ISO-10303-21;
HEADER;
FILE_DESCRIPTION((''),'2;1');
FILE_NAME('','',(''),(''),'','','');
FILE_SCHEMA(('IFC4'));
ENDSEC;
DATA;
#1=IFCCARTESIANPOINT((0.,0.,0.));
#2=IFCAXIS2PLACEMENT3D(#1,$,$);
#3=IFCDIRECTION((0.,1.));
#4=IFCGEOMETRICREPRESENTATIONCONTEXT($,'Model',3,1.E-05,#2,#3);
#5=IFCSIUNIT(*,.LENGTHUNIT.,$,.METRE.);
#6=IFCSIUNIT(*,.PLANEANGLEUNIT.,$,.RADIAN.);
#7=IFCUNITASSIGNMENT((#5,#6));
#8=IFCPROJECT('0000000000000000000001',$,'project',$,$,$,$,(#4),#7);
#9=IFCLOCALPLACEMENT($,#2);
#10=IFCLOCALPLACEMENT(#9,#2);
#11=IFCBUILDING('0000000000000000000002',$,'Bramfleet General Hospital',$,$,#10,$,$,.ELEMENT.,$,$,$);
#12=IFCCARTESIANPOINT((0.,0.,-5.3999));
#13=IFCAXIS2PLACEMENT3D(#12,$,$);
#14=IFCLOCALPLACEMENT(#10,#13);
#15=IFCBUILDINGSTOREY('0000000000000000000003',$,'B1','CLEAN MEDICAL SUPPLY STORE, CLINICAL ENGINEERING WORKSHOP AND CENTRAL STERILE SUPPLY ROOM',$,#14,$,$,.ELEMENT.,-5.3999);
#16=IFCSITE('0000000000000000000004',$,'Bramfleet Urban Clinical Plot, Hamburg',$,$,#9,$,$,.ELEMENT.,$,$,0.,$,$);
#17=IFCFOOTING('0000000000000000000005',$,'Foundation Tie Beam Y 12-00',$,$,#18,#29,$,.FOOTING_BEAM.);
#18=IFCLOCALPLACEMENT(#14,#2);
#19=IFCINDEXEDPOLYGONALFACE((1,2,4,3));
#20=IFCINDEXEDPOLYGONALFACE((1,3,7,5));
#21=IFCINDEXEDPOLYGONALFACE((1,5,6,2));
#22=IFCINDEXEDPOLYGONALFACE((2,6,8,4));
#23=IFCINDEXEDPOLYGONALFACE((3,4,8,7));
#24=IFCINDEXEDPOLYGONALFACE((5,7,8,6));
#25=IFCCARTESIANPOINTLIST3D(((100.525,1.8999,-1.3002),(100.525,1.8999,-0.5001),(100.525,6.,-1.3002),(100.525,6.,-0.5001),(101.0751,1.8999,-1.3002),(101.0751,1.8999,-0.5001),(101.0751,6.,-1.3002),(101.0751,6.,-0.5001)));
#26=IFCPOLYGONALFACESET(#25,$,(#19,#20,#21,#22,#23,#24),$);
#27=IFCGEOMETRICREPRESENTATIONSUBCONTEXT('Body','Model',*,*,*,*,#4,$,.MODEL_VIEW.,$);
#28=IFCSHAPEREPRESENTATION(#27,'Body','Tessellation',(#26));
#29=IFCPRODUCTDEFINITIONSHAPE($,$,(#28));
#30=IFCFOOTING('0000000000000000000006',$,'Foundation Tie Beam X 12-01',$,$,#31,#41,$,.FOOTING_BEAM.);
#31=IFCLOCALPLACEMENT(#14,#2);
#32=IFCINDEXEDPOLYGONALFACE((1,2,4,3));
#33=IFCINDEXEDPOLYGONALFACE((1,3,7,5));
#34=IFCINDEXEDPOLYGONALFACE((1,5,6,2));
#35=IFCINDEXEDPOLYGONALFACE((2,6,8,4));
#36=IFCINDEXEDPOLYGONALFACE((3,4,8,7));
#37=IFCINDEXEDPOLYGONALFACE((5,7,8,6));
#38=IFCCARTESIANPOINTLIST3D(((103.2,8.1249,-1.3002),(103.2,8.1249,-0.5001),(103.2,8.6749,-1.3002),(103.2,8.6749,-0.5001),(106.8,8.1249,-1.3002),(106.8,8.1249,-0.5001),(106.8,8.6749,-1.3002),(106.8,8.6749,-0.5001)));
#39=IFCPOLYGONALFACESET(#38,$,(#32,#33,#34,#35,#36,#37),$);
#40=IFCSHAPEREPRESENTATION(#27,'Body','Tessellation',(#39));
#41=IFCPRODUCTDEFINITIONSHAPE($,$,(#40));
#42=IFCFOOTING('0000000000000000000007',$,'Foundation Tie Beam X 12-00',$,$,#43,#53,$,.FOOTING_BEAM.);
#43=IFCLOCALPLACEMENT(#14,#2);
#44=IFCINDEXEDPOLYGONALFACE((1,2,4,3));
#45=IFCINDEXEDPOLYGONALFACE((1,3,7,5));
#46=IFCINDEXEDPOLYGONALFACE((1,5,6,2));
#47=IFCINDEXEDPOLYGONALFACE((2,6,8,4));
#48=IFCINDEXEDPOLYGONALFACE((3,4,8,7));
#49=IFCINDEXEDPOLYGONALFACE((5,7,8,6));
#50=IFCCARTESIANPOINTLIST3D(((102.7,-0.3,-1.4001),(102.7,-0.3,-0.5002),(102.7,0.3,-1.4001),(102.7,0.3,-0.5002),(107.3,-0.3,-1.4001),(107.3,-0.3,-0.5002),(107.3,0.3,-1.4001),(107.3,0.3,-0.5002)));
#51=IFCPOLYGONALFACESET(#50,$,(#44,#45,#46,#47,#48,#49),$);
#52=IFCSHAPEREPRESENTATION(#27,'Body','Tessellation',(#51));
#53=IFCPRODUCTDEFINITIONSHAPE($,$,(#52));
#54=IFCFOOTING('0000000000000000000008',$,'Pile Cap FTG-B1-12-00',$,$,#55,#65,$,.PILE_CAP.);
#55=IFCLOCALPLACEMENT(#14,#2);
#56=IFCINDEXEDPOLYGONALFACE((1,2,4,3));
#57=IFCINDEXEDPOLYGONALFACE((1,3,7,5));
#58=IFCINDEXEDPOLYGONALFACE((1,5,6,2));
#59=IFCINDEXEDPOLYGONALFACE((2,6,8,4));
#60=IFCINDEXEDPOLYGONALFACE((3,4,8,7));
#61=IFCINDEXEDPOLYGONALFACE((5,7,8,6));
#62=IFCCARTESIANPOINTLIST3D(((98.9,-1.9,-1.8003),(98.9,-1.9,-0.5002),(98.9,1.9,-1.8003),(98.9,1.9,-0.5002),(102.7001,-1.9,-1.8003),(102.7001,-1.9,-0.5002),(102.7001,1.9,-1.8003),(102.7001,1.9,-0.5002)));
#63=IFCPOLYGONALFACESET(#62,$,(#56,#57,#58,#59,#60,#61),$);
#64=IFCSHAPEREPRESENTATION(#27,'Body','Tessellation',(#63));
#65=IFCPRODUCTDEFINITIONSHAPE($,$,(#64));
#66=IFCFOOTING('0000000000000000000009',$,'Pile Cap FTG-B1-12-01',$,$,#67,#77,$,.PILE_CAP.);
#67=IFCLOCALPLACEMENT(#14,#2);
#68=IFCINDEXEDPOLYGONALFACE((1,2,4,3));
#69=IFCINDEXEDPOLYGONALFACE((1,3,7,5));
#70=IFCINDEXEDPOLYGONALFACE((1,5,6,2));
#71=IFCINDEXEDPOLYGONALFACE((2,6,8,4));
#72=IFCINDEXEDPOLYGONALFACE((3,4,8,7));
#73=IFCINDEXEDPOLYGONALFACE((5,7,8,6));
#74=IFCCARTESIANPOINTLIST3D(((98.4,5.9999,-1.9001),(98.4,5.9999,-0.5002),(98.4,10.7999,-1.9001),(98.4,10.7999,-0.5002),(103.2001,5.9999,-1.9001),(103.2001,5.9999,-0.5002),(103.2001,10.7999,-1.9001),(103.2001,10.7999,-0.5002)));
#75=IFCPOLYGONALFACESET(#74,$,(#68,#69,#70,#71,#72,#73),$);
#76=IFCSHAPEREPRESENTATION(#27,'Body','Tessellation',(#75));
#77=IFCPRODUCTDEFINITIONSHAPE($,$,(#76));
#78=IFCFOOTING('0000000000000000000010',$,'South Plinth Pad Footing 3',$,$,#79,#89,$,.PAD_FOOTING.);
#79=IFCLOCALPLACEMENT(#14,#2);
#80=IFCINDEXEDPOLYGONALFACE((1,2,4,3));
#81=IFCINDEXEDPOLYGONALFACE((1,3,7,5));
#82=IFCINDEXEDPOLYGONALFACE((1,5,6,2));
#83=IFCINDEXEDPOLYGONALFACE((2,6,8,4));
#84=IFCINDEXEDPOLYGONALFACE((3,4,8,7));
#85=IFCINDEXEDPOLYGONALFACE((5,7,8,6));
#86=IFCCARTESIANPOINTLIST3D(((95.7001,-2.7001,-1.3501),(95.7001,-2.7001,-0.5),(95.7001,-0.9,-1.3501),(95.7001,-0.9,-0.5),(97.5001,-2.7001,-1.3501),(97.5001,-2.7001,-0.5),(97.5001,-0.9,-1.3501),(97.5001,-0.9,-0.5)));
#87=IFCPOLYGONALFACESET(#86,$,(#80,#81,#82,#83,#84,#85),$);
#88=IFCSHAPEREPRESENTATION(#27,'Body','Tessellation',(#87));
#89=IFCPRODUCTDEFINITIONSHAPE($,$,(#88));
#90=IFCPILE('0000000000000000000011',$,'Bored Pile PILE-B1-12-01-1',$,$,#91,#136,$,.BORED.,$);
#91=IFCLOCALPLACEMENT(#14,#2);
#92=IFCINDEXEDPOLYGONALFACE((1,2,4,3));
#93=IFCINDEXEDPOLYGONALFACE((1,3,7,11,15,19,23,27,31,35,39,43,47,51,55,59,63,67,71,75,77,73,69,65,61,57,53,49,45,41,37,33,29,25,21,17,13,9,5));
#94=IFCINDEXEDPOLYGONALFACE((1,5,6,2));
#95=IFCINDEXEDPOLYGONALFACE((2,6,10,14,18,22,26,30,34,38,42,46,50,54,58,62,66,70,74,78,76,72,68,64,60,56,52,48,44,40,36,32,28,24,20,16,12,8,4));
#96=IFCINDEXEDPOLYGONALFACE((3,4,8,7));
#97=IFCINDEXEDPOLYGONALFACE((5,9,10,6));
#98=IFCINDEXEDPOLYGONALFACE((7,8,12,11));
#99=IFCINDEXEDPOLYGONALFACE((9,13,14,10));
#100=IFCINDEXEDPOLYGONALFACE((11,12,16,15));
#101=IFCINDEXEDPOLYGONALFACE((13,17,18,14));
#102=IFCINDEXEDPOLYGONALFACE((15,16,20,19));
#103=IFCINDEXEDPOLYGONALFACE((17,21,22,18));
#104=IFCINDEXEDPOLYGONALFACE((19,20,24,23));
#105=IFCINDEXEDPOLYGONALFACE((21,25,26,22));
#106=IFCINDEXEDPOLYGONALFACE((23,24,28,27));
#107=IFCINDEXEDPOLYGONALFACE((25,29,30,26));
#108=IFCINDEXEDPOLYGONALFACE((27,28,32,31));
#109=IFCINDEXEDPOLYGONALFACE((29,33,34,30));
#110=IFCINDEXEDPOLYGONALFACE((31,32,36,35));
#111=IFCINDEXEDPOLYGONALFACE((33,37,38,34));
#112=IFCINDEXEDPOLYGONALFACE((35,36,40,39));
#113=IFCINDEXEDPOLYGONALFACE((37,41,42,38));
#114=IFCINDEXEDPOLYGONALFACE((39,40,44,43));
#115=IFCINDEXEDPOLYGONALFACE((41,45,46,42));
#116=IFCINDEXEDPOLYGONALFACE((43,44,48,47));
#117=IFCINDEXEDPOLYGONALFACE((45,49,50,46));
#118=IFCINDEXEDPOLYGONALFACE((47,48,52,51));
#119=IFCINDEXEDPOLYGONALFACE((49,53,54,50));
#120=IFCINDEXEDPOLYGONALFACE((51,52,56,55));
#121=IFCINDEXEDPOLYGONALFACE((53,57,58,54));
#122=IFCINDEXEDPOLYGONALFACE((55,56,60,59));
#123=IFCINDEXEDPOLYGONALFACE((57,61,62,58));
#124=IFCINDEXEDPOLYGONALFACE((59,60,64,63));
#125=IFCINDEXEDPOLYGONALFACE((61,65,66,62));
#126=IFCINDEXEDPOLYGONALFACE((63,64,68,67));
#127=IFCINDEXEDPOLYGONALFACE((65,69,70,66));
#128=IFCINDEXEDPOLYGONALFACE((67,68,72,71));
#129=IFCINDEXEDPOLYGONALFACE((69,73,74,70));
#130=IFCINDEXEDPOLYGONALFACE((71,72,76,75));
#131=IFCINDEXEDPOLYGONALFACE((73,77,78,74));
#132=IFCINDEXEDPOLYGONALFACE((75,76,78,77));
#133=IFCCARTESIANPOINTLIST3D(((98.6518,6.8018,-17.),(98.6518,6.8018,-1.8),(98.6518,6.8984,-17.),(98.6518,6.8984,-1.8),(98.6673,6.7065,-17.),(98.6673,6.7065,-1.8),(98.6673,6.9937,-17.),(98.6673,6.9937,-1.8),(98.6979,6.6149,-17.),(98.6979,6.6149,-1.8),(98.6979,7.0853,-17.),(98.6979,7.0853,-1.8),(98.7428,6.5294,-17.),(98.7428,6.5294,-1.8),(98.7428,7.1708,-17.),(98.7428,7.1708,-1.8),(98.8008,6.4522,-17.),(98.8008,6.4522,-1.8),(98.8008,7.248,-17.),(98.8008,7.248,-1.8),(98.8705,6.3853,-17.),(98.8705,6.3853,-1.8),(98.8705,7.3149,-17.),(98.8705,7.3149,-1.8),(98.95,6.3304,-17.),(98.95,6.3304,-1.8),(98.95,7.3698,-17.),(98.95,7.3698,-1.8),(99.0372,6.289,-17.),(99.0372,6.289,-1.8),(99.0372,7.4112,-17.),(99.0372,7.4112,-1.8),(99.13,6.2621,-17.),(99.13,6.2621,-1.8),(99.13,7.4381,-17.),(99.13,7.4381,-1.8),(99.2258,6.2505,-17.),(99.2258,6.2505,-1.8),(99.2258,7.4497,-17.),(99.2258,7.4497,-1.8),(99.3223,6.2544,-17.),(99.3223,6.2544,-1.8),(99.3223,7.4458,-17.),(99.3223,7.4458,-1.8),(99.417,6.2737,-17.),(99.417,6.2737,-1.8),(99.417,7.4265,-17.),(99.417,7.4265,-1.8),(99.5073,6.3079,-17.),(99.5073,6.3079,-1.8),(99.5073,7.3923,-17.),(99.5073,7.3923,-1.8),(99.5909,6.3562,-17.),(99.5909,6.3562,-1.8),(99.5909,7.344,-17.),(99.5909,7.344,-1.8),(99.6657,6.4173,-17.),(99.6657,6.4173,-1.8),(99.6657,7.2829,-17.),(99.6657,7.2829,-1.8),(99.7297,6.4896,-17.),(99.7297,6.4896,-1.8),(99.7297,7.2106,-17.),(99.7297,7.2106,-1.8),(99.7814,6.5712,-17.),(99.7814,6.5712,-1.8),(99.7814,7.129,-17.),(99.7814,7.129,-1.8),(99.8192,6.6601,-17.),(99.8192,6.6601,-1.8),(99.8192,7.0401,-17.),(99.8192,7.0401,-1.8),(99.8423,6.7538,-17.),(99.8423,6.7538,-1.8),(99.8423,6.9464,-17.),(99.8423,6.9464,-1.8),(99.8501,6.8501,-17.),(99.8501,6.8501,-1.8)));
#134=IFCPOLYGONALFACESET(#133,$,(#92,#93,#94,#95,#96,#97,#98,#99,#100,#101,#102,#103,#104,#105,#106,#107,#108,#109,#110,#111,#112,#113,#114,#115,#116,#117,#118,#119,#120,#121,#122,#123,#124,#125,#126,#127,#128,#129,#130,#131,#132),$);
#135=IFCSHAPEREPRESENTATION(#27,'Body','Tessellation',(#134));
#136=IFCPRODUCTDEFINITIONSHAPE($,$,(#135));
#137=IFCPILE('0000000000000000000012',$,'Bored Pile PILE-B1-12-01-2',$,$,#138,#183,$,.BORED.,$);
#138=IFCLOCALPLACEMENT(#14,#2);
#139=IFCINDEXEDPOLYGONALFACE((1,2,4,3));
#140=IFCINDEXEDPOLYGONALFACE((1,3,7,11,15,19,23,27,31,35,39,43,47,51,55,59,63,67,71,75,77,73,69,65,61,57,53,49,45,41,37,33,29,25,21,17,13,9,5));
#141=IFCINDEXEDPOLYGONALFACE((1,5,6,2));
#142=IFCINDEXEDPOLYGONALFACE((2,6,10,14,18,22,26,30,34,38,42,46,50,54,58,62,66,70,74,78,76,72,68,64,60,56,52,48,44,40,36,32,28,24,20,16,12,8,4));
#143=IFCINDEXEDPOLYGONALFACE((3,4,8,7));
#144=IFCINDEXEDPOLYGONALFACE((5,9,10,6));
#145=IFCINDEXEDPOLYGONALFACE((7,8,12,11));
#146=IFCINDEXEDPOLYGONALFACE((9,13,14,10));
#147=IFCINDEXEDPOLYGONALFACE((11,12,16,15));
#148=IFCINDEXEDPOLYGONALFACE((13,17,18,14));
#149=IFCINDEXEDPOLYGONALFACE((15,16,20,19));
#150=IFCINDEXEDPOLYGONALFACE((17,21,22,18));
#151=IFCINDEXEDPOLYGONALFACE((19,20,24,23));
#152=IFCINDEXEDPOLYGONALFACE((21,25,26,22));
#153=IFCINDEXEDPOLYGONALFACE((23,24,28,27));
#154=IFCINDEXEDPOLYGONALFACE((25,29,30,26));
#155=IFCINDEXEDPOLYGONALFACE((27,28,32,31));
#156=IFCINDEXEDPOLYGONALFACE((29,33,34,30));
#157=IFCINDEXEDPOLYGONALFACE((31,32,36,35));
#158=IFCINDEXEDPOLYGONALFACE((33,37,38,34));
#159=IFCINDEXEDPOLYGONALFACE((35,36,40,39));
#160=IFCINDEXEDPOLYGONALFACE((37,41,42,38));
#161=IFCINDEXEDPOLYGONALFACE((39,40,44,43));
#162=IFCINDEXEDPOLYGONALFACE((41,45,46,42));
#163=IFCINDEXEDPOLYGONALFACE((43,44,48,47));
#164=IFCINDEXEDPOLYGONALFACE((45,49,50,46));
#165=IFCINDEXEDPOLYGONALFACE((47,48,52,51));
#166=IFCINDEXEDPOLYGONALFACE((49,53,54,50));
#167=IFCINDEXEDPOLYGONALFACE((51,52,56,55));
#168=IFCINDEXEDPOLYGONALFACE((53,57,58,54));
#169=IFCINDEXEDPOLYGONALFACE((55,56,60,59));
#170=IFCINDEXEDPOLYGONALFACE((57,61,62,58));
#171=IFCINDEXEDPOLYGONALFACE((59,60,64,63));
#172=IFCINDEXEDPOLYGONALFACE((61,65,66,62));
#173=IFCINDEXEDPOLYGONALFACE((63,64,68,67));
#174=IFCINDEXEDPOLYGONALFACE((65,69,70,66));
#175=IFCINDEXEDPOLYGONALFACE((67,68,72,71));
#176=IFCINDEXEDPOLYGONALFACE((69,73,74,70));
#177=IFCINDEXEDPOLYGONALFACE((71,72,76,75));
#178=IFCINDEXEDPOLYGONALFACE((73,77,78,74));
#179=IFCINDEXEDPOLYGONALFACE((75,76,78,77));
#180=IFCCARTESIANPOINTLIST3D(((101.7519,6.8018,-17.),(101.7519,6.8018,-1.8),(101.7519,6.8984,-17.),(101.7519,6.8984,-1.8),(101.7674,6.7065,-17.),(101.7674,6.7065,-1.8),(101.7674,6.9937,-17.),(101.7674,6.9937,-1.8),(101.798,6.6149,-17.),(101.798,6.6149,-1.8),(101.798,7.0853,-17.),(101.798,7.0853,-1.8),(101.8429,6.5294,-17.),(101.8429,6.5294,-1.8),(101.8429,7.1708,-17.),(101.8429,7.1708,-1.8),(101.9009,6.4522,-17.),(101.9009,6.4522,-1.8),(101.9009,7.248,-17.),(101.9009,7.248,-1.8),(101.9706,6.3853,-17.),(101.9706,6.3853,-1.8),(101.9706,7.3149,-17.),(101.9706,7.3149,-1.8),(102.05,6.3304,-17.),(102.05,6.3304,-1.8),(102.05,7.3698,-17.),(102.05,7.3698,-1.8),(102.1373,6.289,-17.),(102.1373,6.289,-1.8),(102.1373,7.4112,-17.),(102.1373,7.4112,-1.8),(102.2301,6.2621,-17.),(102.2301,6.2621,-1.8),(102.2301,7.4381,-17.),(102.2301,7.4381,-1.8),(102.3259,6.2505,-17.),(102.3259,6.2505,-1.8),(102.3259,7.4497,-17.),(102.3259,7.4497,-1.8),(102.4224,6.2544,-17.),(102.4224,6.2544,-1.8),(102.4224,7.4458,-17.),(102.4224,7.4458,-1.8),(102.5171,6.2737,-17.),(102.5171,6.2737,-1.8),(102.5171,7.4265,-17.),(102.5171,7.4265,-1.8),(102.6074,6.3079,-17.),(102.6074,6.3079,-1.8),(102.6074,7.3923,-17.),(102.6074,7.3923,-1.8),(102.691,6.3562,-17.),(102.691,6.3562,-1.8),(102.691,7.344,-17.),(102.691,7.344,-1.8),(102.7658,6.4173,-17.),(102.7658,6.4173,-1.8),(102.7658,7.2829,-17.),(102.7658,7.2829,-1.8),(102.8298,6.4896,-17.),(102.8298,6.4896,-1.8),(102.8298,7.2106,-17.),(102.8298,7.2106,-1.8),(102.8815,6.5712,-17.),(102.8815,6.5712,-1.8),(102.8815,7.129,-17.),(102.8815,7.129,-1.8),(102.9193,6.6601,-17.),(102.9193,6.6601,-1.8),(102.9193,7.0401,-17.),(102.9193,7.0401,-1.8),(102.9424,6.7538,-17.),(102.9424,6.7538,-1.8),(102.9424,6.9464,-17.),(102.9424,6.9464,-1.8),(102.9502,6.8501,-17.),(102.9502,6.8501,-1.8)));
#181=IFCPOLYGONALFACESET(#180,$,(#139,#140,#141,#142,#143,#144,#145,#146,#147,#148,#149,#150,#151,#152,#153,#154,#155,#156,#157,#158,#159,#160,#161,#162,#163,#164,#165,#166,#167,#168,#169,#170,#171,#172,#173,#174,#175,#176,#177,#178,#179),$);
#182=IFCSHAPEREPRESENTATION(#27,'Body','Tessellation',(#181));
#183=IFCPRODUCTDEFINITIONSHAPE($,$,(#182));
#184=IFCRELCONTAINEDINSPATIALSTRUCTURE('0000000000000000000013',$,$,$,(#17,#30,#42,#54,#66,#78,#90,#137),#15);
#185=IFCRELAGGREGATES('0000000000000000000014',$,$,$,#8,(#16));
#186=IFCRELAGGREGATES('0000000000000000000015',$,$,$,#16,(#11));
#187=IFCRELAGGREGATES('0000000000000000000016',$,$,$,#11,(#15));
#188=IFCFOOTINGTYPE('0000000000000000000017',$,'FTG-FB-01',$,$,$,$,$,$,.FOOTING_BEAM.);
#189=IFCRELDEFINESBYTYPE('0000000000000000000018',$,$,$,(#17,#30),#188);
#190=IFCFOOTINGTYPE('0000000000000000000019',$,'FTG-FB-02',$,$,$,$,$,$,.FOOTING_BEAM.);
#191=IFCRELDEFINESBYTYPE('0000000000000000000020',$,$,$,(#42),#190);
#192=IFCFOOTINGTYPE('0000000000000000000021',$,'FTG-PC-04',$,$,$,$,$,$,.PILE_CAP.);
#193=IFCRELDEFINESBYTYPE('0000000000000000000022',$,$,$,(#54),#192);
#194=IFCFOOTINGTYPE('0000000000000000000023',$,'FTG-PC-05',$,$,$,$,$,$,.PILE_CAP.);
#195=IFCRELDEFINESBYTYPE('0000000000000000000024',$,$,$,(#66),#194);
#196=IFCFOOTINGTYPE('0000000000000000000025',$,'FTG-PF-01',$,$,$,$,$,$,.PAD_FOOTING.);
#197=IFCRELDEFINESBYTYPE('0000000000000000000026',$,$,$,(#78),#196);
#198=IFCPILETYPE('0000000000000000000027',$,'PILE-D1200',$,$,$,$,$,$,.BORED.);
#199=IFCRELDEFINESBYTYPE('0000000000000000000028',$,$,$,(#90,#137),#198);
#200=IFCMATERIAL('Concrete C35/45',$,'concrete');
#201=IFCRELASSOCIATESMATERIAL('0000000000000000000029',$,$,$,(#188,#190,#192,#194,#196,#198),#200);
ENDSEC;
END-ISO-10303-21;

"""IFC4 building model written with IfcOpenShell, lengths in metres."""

from ifc_helpers import new_model, si_unit, direction, frame, origin, origin_2d, place, context, subcontext, project, spatial, rectangle, circle, extrude, material, material_profile, profile_set, type_object, element, save


model = new_model("IFC4")

# Units and contexts
model_context = context("Model", 3, precision=1e-05, world=origin(), true_north=direction((0.0, 1.0)))
body_context = subcontext(model_context, "Body", "Model", "MODEL_VIEW")
ifc_project = project(units=[si_unit("LENGTHUNIT", "METRE"), si_unit("PLANEANGLEUNIT", "RADIAN")], contexts=[model_context])

# Site, building, storey
site_placement = place(None, origin())
site = spatial("IfcSite", under=ifc_project, at=site_placement, Name="Bramfleet Urban Clinical Plot, Hamburg", CompositionType="ELEMENT", RefElevation=0.0)
building_placement = place(site_placement, origin())
building = spatial("IfcBuilding", under=site, at=building_placement, Name="Bramfleet General Hospital", CompositionType="ELEMENT")
storey_placement = place(building_placement, frame((0.0, 0.0, -5.3999)))
storey = spatial("IfcBuildingStorey", under=building, at=storey_placement, Name="B1", Description="CLEAN MEDICAL SUPPLY STORE, CLINICAL ENGINEERING WORKSHOP AND CENTRAL STERILE SUPPLY ROOM", CompositionType="ELEMENT", Elevation=-5.3999)

# Footings
ifc_material_1 = material(Name="Concrete C35/45", Category="concrete")
ifc_material_profile_1 = material_profile(ifc_material_1, rectangle(XDim=0.55, YDim=0.8, at=origin_2d()), Name="RC FB 800x550")
ifc_profile_set_1 = profile_set([ifc_material_profile_1], Name="Concrete C35/45")
footing_type_1 = type_object("IfcFootingType", Name="FTG-FB-01", PredefinedType="FOOTING_BEAM", material=ifc_profile_set_1)
footing_1_placement = place(storey_placement, frame((100.8, 1.8999, -0.9001), z_axis=(0.0, 1.0, 0.0), x_axis=(-1.0, 0.0, 0.0)))
element("IfcFooting", 1, at=footing_1_placement, inside=storey, type_object=footing_type_1, Name="Foundation Tie Beam Y 12-00", PredefinedType="FOOTING_BEAM", context=body_context, shape_type="SweptSolid", body=[
    extrude(rectangle(XDim=0.55, YDim=0.8, at=origin_2d()), origin(), (0.0, 0.0, 1.0), 4.1001),
])
footing_2_placement = place(storey_placement, frame((103.2, 8.3999, -0.9001), z_axis=(1.0, 0.0, 0.0), x_axis=(0.0, 1.0, 0.0)))
element("IfcFooting", 2, at=footing_2_placement, inside=storey, type_object=footing_type_1, Name="Foundation Tie Beam X 12-01", PredefinedType="FOOTING_BEAM", context=body_context, shape_type="SweptSolid", body=[
    extrude(rectangle(XDim=0.55, YDim=0.8, at=origin_2d()), origin(), (0.0, 0.0, 1.0), 3.6001),
])
ifc_material_profile_2 = material_profile(ifc_material_1, rectangle(XDim=0.6001, YDim=0.8999, at=origin_2d()), Name="RC FB 900x600")
ifc_profile_set_2 = profile_set([ifc_material_profile_2], Name="Concrete C35/45")
footing_type_2 = type_object("IfcFootingType", Name="FTG-FB-02", PredefinedType="FOOTING_BEAM", material=ifc_profile_set_2)
footing_3_placement = place(storey_placement, frame((102.7, 0.0, -0.9502), z_axis=(1.0, 0.0, 0.0), x_axis=(0.0, 1.0, 0.0)))
element("IfcFooting", 3, at=footing_3_placement, inside=storey, type_object=footing_type_2, Name="Foundation Tie Beam X 12-00", PredefinedType="FOOTING_BEAM", context=body_context, shape_type="SweptSolid", body=[
    extrude(rectangle(XDim=0.6001, YDim=0.8999, at=origin_2d()), origin(), (0.0, 0.0, 1.0), 4.6001),
])
footing_type_3 = type_object("IfcFootingType", Name="FTG-PC-04", PredefinedType="PILE_CAP", material=ifc_material_1)
footing_4_placement = place(storey_placement, frame((100.8, 0.0, -1.8003), z_axis=(0.0, 0.0, 1.0), x_axis=(1.0, 0.0, 0.0)))
element("IfcFooting", 4, at=footing_4_placement, inside=storey, type_object=footing_type_3, Name="Pile Cap FTG-B1-12-00", PredefinedType="PILE_CAP", context=body_context, shape_type="SweptSolid", body=[
    extrude(rectangle(XDim=3.8, YDim=3.8, at=origin_2d()), origin(), (0.0, 0.0, 1.0), 1.3),
])
footing_type_4 = type_object("IfcFootingType", Name="FTG-PC-05", PredefinedType="PILE_CAP", material=ifc_material_1)
footing_5_placement = place(storey_placement, frame((100.8, 8.3999, -1.9001), z_axis=(0.0, 0.0, 1.0), x_axis=(1.0, 0.0, 0.0)))
element("IfcFooting", 5, at=footing_5_placement, inside=storey, type_object=footing_type_4, Name="Pile Cap FTG-B1-12-01", PredefinedType="PILE_CAP", context=body_context, shape_type="SweptSolid", body=[
    extrude(rectangle(XDim=4.8, YDim=4.8, at=origin_2d()), origin(), (0.0, 0.0, 1.0), 1.3999),
])
footing_type_5 = type_object("IfcFootingType", Name="FTG-PF-01", PredefinedType="PAD_FOOTING", material=ifc_material_1)
footing_6_placement = place(storey_placement, frame((96.6001, -1.8, -1.3501), z_axis=(0.0, 0.0, 1.0), x_axis=(1.0, 0.0, 0.0)))
element("IfcFooting", 6, at=footing_6_placement, inside=storey, type_object=footing_type_5, Name="South Plinth Pad Footing 3", PredefinedType="PAD_FOOTING", context=body_context, shape_type="SweptSolid", body=[
    extrude(rectangle(XDim=1.8, YDim=1.8, at=origin_2d()), origin(), (0.0, 0.0, 1.0), 0.8501),
])

# Piles
ifc_material_profile_3 = material_profile(ifc_material_1, circle(Radius=0.6001, at=origin_2d()), Name="PILE BORED D1200")
ifc_profile_set_3 = profile_set([ifc_material_profile_3], Name="Concrete C35/45")
pile_type_1 = type_object("IfcPileType", Name="PILE-D1200", PredefinedType="BORED", material=ifc_profile_set_3)
for number, where, z_axis, x_axis, name in (
    (7, (99.25, 6.8501, -1.8), (0.0, 0.0, -1.0), (1.0, 0.0, 0.0), "Bored Pile PILE-B1-12-01-1"),
    (8, (102.3501, 6.8501, -1.8), (0.0, 0.0, -1.0), (1.0, 0.0, 0.0), "Bored Pile PILE-B1-12-01-2"),
):
    element("IfcPile", number, at=place(storey_placement, frame(where, z_axis=z_axis, x_axis=x_axis)), inside=storey, type_object=pile_type_1, Name=name, PredefinedType="BORED", context=body_context, shape_type="SweptSolid", body=[
        extrude(circle(Radius=0.6001, at=origin_2d()), origin(), (0.0, 0.0, 1.0), 15.2),
    ])

save(model, "model.ifc")
